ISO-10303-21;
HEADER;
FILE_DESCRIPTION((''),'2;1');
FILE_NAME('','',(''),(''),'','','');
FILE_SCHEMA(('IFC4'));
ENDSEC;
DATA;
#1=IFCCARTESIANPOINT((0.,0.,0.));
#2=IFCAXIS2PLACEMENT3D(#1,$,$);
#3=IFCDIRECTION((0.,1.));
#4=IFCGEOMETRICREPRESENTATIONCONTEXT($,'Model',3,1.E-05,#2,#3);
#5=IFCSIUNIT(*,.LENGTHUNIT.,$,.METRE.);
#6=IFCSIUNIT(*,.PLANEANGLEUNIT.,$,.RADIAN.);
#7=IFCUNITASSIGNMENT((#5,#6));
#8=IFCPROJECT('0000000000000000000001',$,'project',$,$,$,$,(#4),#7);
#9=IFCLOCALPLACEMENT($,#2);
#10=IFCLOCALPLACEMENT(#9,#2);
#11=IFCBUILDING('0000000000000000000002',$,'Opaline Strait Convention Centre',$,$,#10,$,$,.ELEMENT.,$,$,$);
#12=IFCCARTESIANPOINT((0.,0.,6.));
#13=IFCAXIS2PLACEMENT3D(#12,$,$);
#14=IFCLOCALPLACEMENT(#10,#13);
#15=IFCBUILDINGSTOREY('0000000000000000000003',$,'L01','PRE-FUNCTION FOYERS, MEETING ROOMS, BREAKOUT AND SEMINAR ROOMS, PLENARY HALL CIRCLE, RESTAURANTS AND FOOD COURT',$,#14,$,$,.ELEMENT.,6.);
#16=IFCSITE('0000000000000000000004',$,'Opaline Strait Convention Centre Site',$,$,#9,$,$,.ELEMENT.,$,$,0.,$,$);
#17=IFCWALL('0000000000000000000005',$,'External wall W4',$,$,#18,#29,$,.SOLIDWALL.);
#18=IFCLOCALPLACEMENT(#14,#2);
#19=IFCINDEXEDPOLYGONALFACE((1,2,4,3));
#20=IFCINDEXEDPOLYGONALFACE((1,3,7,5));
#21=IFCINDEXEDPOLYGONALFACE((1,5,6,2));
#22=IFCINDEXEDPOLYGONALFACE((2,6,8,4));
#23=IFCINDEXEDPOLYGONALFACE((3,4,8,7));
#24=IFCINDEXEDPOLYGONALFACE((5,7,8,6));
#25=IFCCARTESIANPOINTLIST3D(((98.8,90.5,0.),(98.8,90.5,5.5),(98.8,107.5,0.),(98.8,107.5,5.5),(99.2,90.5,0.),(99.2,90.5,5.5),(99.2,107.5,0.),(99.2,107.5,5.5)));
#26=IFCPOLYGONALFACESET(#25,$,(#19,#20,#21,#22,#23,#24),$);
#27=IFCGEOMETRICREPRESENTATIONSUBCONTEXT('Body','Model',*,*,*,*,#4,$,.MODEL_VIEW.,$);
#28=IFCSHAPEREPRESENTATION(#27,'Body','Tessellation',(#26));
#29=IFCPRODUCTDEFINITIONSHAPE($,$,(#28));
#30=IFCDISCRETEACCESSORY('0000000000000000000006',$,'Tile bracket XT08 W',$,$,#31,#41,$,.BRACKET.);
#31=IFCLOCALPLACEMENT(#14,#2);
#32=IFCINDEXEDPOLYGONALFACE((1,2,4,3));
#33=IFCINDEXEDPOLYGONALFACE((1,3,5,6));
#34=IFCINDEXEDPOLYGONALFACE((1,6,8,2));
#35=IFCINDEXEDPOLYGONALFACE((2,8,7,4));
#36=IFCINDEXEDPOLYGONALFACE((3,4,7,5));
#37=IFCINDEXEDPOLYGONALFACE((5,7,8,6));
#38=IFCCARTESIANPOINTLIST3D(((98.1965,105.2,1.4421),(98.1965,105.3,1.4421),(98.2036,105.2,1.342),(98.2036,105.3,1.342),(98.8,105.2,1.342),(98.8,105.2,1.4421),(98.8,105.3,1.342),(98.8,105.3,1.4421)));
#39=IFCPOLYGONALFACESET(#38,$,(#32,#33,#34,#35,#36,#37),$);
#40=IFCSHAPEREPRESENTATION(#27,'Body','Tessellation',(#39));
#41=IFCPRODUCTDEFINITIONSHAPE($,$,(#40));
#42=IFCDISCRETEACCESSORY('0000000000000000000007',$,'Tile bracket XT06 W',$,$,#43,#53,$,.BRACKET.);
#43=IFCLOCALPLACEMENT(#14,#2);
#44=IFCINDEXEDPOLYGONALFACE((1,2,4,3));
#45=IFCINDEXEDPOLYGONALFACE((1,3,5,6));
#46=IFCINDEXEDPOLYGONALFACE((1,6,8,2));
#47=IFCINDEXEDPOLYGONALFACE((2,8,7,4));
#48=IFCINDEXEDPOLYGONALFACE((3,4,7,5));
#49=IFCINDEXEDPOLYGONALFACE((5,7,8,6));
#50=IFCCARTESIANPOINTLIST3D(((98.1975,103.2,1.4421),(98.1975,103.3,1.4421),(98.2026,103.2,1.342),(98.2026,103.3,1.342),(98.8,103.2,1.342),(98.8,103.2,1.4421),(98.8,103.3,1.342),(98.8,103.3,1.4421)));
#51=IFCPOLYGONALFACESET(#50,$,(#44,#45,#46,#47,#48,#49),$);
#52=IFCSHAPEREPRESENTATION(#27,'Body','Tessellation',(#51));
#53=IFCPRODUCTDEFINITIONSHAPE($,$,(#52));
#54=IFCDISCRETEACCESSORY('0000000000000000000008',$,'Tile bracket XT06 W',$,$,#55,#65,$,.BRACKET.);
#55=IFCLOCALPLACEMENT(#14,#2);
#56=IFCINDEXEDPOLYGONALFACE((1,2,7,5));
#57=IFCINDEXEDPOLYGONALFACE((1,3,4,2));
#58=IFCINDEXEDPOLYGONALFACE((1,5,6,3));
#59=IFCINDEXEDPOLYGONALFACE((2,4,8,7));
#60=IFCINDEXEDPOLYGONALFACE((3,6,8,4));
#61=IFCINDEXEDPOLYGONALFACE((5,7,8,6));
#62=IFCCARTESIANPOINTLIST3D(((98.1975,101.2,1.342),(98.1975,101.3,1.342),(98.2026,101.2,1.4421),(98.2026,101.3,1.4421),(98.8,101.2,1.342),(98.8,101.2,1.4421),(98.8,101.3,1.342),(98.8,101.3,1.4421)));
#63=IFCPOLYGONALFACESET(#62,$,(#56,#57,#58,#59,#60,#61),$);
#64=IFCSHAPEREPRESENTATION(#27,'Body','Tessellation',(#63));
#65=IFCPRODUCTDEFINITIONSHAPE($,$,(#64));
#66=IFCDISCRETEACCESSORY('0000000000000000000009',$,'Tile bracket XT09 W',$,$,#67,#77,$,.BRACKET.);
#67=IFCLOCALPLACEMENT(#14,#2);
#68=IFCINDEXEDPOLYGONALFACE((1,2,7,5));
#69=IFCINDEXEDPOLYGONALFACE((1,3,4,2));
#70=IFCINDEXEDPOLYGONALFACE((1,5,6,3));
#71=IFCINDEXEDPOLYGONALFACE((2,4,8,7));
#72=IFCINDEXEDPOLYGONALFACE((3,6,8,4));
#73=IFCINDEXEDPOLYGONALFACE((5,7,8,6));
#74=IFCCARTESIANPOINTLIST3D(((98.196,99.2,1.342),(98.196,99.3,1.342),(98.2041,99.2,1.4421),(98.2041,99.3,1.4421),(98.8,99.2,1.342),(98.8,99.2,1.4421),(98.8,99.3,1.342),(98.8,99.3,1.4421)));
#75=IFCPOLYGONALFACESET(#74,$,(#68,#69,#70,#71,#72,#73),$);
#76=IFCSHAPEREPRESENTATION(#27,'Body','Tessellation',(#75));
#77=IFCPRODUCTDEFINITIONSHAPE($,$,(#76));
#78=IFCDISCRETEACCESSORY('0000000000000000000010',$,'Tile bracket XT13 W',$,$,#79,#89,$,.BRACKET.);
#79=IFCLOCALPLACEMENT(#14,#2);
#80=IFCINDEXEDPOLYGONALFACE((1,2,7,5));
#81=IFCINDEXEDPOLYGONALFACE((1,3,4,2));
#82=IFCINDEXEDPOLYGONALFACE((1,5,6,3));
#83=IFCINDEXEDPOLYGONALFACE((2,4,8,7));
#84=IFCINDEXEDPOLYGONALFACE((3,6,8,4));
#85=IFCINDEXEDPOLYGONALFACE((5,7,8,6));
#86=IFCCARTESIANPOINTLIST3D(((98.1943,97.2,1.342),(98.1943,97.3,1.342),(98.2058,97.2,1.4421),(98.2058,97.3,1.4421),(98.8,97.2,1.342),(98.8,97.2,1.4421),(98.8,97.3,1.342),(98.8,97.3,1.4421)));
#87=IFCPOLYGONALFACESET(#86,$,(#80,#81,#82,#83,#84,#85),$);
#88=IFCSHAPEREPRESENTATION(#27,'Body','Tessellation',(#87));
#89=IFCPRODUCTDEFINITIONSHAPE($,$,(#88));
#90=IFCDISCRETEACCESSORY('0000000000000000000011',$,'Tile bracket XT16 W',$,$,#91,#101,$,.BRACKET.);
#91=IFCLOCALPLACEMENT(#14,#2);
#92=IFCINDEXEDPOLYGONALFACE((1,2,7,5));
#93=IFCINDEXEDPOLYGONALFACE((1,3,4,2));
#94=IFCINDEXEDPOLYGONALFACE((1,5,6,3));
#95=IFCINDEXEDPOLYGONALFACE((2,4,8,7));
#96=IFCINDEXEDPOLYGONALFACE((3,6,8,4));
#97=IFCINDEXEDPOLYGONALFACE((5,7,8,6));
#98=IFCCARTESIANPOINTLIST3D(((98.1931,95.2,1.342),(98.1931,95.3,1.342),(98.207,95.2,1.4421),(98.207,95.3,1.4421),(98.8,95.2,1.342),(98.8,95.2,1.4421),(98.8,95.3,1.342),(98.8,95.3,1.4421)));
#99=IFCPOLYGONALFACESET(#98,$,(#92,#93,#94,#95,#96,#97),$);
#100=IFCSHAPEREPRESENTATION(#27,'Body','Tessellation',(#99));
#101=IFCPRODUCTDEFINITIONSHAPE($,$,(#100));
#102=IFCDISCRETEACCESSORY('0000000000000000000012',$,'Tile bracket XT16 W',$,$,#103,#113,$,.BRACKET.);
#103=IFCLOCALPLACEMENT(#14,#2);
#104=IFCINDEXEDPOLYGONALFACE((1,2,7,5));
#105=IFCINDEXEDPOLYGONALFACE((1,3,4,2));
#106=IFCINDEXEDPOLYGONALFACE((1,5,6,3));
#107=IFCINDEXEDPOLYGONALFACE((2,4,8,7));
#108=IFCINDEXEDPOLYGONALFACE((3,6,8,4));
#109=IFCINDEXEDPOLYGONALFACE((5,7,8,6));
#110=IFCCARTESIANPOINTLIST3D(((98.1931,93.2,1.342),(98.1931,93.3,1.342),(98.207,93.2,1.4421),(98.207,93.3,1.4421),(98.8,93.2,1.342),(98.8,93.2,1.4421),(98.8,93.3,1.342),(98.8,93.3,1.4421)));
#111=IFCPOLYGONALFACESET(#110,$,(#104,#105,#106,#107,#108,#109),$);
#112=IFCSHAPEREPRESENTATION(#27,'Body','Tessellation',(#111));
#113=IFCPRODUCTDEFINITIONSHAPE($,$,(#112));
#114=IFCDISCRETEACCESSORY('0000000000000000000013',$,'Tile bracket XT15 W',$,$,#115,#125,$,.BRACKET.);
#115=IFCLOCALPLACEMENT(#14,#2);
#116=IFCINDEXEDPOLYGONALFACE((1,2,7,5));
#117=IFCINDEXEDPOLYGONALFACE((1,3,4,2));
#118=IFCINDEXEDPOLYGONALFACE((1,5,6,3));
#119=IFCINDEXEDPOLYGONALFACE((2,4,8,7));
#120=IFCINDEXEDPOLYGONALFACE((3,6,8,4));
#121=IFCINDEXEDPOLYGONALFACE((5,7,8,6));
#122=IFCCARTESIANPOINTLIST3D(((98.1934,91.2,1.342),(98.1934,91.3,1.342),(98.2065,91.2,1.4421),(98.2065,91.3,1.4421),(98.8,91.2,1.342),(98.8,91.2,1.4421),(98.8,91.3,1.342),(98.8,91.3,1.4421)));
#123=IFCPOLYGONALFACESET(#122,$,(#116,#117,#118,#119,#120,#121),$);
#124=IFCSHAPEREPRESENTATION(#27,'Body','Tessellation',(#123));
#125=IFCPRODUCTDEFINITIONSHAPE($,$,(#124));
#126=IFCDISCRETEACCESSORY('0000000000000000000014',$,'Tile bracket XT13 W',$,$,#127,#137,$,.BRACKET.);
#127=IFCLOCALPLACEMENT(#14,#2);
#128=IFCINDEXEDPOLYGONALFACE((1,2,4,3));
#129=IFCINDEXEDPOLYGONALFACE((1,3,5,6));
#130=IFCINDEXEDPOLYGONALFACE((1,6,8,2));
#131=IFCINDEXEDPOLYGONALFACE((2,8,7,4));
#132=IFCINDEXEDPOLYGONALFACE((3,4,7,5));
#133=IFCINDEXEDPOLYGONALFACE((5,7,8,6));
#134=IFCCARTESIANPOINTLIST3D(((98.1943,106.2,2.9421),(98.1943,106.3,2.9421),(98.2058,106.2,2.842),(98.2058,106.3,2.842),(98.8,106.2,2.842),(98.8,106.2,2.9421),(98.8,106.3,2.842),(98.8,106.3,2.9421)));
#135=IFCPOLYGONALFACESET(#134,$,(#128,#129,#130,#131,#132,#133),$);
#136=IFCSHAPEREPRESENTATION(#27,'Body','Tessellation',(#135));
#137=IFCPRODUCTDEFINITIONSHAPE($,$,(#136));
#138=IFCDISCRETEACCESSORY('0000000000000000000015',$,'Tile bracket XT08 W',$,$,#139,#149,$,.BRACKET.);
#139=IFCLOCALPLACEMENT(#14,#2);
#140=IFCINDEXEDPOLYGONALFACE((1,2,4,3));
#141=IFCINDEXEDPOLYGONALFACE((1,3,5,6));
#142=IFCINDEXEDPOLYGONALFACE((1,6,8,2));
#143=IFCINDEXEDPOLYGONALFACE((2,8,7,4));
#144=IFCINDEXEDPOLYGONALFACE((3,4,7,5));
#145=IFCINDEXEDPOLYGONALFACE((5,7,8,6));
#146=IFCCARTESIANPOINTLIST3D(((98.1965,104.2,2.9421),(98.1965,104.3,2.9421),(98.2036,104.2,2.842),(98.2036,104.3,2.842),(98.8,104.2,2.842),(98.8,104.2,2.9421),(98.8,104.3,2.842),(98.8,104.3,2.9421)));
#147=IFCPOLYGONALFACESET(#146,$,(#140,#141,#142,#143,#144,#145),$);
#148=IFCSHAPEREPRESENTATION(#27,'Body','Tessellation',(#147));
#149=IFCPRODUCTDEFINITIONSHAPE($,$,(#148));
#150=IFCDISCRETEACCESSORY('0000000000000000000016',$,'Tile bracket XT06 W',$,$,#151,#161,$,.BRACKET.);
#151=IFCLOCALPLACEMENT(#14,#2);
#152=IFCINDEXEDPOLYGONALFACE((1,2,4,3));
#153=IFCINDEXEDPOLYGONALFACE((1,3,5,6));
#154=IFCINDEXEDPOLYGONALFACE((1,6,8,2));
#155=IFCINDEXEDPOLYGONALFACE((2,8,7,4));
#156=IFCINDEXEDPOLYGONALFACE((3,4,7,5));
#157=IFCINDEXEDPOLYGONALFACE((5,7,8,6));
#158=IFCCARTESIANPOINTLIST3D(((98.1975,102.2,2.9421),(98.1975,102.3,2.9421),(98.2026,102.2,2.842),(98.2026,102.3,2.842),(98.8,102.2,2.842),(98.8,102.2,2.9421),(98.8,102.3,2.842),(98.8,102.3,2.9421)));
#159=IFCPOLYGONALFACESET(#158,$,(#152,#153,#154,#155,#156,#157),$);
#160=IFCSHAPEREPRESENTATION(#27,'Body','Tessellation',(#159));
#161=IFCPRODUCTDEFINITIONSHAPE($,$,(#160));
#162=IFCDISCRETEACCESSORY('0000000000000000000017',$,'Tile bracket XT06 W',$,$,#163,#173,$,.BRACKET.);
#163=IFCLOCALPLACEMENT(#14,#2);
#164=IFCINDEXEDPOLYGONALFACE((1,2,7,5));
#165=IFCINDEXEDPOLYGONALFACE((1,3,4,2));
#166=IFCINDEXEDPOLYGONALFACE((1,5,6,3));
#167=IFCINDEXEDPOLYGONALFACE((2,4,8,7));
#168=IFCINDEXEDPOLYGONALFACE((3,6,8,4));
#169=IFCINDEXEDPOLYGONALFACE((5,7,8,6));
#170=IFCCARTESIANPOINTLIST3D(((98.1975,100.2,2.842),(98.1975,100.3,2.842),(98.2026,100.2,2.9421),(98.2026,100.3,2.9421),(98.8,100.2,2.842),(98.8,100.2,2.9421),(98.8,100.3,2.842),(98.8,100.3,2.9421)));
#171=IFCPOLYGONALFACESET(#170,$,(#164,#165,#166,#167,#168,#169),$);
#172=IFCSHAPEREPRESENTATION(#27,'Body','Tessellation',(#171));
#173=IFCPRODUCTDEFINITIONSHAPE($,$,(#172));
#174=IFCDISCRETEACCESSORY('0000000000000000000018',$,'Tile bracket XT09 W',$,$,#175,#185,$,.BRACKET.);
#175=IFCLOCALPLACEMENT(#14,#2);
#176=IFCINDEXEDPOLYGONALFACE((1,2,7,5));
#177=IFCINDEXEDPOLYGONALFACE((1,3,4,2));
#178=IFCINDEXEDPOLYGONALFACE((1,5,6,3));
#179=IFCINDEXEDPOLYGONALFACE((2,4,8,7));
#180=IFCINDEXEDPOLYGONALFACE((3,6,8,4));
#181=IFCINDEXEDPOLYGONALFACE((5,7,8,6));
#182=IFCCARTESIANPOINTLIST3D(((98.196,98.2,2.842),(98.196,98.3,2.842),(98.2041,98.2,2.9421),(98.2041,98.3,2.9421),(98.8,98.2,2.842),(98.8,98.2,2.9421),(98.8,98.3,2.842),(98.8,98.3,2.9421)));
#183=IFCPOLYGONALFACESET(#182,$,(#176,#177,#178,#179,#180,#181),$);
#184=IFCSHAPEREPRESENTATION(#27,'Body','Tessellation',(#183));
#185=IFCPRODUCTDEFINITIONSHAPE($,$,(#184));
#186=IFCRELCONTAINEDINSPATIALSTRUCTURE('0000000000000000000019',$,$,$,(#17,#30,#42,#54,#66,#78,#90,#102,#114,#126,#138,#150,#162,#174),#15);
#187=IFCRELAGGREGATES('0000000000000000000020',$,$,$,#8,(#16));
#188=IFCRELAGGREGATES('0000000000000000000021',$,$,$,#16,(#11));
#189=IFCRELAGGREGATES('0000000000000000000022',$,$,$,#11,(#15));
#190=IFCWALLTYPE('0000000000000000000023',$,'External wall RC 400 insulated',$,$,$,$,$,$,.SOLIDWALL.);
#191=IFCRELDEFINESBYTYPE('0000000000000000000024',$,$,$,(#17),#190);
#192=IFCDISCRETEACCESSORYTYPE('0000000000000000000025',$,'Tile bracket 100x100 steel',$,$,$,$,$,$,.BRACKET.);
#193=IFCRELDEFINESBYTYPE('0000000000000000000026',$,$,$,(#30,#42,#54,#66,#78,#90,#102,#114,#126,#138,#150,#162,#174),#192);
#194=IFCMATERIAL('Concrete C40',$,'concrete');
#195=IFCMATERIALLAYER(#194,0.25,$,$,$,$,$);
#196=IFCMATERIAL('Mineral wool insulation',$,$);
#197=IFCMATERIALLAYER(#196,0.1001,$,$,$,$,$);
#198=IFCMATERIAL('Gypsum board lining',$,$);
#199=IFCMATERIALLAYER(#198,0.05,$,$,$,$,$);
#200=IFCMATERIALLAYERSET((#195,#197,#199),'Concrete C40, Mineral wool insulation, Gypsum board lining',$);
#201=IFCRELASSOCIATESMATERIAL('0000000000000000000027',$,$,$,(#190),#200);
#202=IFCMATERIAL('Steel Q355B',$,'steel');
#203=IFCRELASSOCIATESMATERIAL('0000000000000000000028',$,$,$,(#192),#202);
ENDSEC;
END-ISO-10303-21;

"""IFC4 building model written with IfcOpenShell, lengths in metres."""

from ifc_helpers import new_model, si_unit, direction, frame, frame_2d, origin, place, context, subcontext, project, spatial, polyline, rectangle, outline, extrude, material, layer, layer_set, type_object, element, save


model = new_model("IFC4")

# Units and contexts
model_context = context("Model", 3, precision=1e-05, world=origin(), true_north=direction((0.0, 1.0)))
body_context = subcontext(model_context, "Body", "Model", "MODEL_VIEW")
ifc_project = project(units=[si_unit("LENGTHUNIT", "METRE"), si_unit("PLANEANGLEUNIT", "RADIAN")], contexts=[model_context])

# Site, building, storey
site_placement = place(None, origin())
site = spatial("IfcSite", under=ifc_project, at=site_placement, Name="Opaline Strait Convention Centre Site", CompositionType="ELEMENT", RefElevation=0.0)
building_placement = place(site_placement, origin())
building = spatial("IfcBuilding", under=site, at=building_placement, Name="Opaline Strait Convention Centre", CompositionType="ELEMENT")
storey_placement = place(building_placement, frame((0.0, 0.0, 6.0)))
storey = spatial("IfcBuildingStorey", under=building, at=storey_placement, Name="L01", Description="PRE-FUNCTION FOYERS, MEETING ROOMS, BREAKOUT AND SEMINAR ROOMS, PLENARY HALL CIRCLE, RESTAURANTS AND FOOD COURT", CompositionType="ELEMENT", Elevation=6.0)

# Wall
ifc_material_1 = material(Name="Concrete C40", Category="concrete")
ifc_layer_1 = layer(ifc_material_1, 0.25)
ifc_material_2 = material(Name="Mineral wool insulation")
ifc_layer_2 = layer(ifc_material_2, 0.1001)
ifc_material_3 = material(Name="Gypsum board lining")
ifc_layer_3 = layer(ifc_material_3, 0.05)
ifc_layer_set = layer_set([ifc_layer_1, ifc_layer_2, ifc_layer_3], Name="Concrete C40, Mineral wool insulation, Gypsum board lining")
wall_type = type_object("IfcWallType", Name="External wall RC 400 insulated", PredefinedType="SOLIDWALL", material=ifc_layer_set)
wall_placement = place(storey_placement, frame((99.0, 90.5, 0.0), z_axis=(0.0, 0.0, 1.0), x_axis=(0.0, 1.0, 0.0)))
element("IfcWall", 1, at=wall_placement, inside=storey, type_object=wall_type, Name="External wall W4", PredefinedType="SOLIDWALL", context=body_context, shape_type="SweptSolid", body=[
    extrude(rectangle(XDim=17.0, YDim=0.3999, at=frame_2d((8.5, 0.0))), origin(), (0.0, 0.0, 1.0), 5.5),
])

# Discrete accessories
ifc_material_4 = material(Name="Steel Q355B", Category="steel")
discrete_accessory_type = type_object("IfcDiscreteAccessoryType", Name="Tile bracket 100x100 steel", PredefinedType="BRACKET", material=ifc_material_4)
discrete_accessory_1_placement = place(storey_placement, frame((98.8, 105.3, 1.3921), z_axis=(0.0, -1.0, 0.0), x_axis=(1.0, 0.0, 0.0)))
element("IfcDiscreteAccessory", 2, at=discrete_accessory_1_placement, inside=storey, type_object=discrete_accessory_type, Name="Tile bracket XT08 W", PredefinedType="BRACKET", context=body_context, shape_type="SweptSolid", body=[
    extrude(outline(polyline([(0.0, -0.05), (0.0, 0.05), (-0.6035, 0.05), (-0.5964, -0.05), (0.0, -0.05)])), origin(), (0.0, 0.0, 1.0), 0.1001),
])
discrete_accessory_2_placement = place(storey_placement, frame((98.8, 103.3, 1.3921), z_axis=(0.0, -1.0, 0.0), x_axis=(1.0, 0.0, 0.0)))
element("IfcDiscreteAccessory", 3, at=discrete_accessory_2_placement, inside=storey, type_object=discrete_accessory_type, Name="Tile bracket XT06 W", PredefinedType="BRACKET", context=body_context, shape_type="SweptSolid", body=[
    extrude(outline(polyline([(0.0, -0.05), (0.0, 0.05), (-0.6025, 0.05), (-0.5974, -0.05), (0.0, -0.05)])), origin(), (0.0, 0.0, 1.0), 0.1001),
])
discrete_accessory_3_placement = place(storey_placement, frame((98.8, 101.3, 1.3921), z_axis=(0.0, -1.0, 0.0), x_axis=(1.0, 0.0, 0.0)))
element("IfcDiscreteAccessory", 4, at=discrete_accessory_3_placement, inside=storey, type_object=discrete_accessory_type, Name="Tile bracket XT06 W", PredefinedType="BRACKET", context=body_context, shape_type="SweptSolid", body=[
    extrude(outline(polyline([(0.0, -0.05), (0.0, 0.05), (-0.5974, 0.05), (-0.6025, -0.05), (0.0, -0.05)])), origin(), (0.0, 0.0, 1.0), 0.1001),
])
discrete_accessory_4_placement = place(storey_placement, frame((98.8, 99.3, 1.3921), z_axis=(0.0, -1.0, 0.0), x_axis=(1.0, 0.0, 0.0)))
element("IfcDiscreteAccessory", 5, at=discrete_accessory_4_placement, inside=storey, type_object=discrete_accessory_type, Name="Tile bracket XT09 W", PredefinedType="BRACKET", context=body_context, shape_type="SweptSolid", body=[
    extrude(outline(polyline([(0.0, -0.05), (0.0, 0.05), (-0.5959, 0.05), (-0.604, -0.05), (0.0, -0.05)])), origin(), (0.0, 0.0, 1.0), 0.1001),
])
discrete_accessory_5_placement = place(storey_placement, frame((98.8, 97.3, 1.3921), z_axis=(0.0, -1.0, 0.0), x_axis=(1.0, 0.0, 0.0)))
element("IfcDiscreteAccessory", 6, at=discrete_accessory_5_placement, inside=storey, type_object=discrete_accessory_type, Name="Tile bracket XT13 W", PredefinedType="BRACKET", context=body_context, shape_type="SweptSolid", body=[
    extrude(outline(polyline([(0.0, -0.05), (0.0, 0.05), (-0.5942, 0.05), (-0.6057, -0.05), (0.0, -0.05)])), origin(), (0.0, 0.0, 1.0), 0.1001),
])
for number, where, z_axis, x_axis, name in (
    (7, (98.8, 95.3, 1.3921), (0.0, -1.0, 0.0), (1.0, 0.0, 0.0), "Tile bracket XT16 W"),
    (8, (98.8, 93.3, 1.3921), (0.0, -1.0, 0.0), (1.0, 0.0, 0.0), "Tile bracket XT16 W"),
):
    element("IfcDiscreteAccessory", number, at=place(storey_placement, frame(where, z_axis=z_axis, x_axis=x_axis)), inside=storey, type_object=discrete_accessory_type, Name=name, PredefinedType="BRACKET", context=body_context, shape_type="SweptSolid", body=[
        extrude(outline(polyline([(0.0, -0.05), (0.0, 0.05), (-0.593, 0.05), (-0.6069, -0.05), (0.0, -0.05)])), origin(), (0.0, 0.0, 1.0), 0.1001),
    ])
discrete_accessory_6_placement = place(storey_placement, frame((98.8, 91.3, 1.3921), z_axis=(0.0, -1.0, 0.0), x_axis=(1.0, 0.0, 0.0)))
element("IfcDiscreteAccessory", 9, at=discrete_accessory_6_placement, inside=storey, type_object=discrete_accessory_type, Name="Tile bracket XT15 W", PredefinedType="BRACKET", context=body_context, shape_type="SweptSolid", body=[
    extrude(outline(polyline([(0.0, -0.05), (0.0, 0.05), (-0.5935, 0.05), (-0.6067, -0.05), (0.0, -0.05)])), origin(), (0.0, 0.0, 1.0), 0.1001),
])
discrete_accessory_7_placement = place(storey_placement, frame((98.8, 106.3, 2.8921), z_axis=(0.0, -1.0, 0.0), x_axis=(1.0, 0.0, 0.0)))
element("IfcDiscreteAccessory", 10, at=discrete_accessory_7_placement, inside=storey, type_object=discrete_accessory_type, Name="Tile bracket XT13 W", PredefinedType="BRACKET", context=body_context, shape_type="SweptSolid", body=[
    extrude(outline(polyline([(0.0, -0.05), (0.0, 0.05), (-0.6057, 0.05), (-0.5942, -0.05), (0.0, -0.05)])), origin(), (0.0, 0.0, 1.0), 0.1001),
])
discrete_accessory_8_placement = place(storey_placement, frame((98.8, 104.3, 2.8921), z_axis=(0.0, -1.0, 0.0), x_axis=(1.0, 0.0, 0.0)))
element("IfcDiscreteAccessory", 11, at=discrete_accessory_8_placement, inside=storey, type_object=discrete_accessory_type, Name="Tile bracket XT08 W", PredefinedType="BRACKET", context=body_context, shape_type="SweptSolid", body=[
    extrude(outline(polyline([(0.0, -0.05), (0.0, 0.05), (-0.6035, 0.05), (-0.5964, -0.05), (0.0, -0.05)])), origin(), (0.0, 0.0, 1.0), 0.1001),
])
discrete_accessory_9_placement = place(storey_placement, frame((98.8, 102.3, 2.8921), z_axis=(0.0, -1.0, 0.0), x_axis=(1.0, 0.0, 0.0)))
element("IfcDiscreteAccessory", 12, at=discrete_accessory_9_placement, inside=storey, type_object=discrete_accessory_type, Name="Tile bracket XT06 W", PredefinedType="BRACKET", context=body_context, shape_type="SweptSolid", body=[
    extrude(outline(polyline([(0.0, -0.05), (0.0, 0.05), (-0.6025, 0.05), (-0.5974, -0.05), (0.0, -0.05)])), origin(), (0.0, 0.0, 1.0), 0.1001),
])
discrete_accessory_10_placement = place(storey_placement, frame((98.8, 100.3, 2.8921), z_axis=(0.0, -1.0, 0.0), x_axis=(1.0, 0.0, 0.0)))
element("IfcDiscreteAccessory", 13, at=discrete_accessory_10_placement, inside=storey, type_object=discrete_accessory_type, Name="Tile bracket XT06 W", PredefinedType="BRACKET", context=body_context, shape_type="SweptSolid", body=[
    extrude(outline(polyline([(0.0, -0.05), (0.0, 0.05), (-0.5974, 0.05), (-0.6025, -0.05), (0.0, -0.05)])), origin(), (0.0, 0.0, 1.0), 0.1001),
])
discrete_accessory_11_placement = place(storey_placement, frame((98.8, 98.3, 2.8921), z_axis=(0.0, -1.0, 0.0), x_axis=(1.0, 0.0, 0.0)))
element("IfcDiscreteAccessory", 14, at=discrete_accessory_11_placement, inside=storey, type_object=discrete_accessory_type, Name="Tile bracket XT09 W", PredefinedType="BRACKET", context=body_context, shape_type="SweptSolid", body=[
    extrude(outline(polyline([(0.0, -0.05), (0.0, 0.05), (-0.5959, 0.05), (-0.604, -0.05), (0.0, -0.05)])), origin(), (0.0, 0.0, 1.0), 0.1001),
])

save(model, "model.ifc")
